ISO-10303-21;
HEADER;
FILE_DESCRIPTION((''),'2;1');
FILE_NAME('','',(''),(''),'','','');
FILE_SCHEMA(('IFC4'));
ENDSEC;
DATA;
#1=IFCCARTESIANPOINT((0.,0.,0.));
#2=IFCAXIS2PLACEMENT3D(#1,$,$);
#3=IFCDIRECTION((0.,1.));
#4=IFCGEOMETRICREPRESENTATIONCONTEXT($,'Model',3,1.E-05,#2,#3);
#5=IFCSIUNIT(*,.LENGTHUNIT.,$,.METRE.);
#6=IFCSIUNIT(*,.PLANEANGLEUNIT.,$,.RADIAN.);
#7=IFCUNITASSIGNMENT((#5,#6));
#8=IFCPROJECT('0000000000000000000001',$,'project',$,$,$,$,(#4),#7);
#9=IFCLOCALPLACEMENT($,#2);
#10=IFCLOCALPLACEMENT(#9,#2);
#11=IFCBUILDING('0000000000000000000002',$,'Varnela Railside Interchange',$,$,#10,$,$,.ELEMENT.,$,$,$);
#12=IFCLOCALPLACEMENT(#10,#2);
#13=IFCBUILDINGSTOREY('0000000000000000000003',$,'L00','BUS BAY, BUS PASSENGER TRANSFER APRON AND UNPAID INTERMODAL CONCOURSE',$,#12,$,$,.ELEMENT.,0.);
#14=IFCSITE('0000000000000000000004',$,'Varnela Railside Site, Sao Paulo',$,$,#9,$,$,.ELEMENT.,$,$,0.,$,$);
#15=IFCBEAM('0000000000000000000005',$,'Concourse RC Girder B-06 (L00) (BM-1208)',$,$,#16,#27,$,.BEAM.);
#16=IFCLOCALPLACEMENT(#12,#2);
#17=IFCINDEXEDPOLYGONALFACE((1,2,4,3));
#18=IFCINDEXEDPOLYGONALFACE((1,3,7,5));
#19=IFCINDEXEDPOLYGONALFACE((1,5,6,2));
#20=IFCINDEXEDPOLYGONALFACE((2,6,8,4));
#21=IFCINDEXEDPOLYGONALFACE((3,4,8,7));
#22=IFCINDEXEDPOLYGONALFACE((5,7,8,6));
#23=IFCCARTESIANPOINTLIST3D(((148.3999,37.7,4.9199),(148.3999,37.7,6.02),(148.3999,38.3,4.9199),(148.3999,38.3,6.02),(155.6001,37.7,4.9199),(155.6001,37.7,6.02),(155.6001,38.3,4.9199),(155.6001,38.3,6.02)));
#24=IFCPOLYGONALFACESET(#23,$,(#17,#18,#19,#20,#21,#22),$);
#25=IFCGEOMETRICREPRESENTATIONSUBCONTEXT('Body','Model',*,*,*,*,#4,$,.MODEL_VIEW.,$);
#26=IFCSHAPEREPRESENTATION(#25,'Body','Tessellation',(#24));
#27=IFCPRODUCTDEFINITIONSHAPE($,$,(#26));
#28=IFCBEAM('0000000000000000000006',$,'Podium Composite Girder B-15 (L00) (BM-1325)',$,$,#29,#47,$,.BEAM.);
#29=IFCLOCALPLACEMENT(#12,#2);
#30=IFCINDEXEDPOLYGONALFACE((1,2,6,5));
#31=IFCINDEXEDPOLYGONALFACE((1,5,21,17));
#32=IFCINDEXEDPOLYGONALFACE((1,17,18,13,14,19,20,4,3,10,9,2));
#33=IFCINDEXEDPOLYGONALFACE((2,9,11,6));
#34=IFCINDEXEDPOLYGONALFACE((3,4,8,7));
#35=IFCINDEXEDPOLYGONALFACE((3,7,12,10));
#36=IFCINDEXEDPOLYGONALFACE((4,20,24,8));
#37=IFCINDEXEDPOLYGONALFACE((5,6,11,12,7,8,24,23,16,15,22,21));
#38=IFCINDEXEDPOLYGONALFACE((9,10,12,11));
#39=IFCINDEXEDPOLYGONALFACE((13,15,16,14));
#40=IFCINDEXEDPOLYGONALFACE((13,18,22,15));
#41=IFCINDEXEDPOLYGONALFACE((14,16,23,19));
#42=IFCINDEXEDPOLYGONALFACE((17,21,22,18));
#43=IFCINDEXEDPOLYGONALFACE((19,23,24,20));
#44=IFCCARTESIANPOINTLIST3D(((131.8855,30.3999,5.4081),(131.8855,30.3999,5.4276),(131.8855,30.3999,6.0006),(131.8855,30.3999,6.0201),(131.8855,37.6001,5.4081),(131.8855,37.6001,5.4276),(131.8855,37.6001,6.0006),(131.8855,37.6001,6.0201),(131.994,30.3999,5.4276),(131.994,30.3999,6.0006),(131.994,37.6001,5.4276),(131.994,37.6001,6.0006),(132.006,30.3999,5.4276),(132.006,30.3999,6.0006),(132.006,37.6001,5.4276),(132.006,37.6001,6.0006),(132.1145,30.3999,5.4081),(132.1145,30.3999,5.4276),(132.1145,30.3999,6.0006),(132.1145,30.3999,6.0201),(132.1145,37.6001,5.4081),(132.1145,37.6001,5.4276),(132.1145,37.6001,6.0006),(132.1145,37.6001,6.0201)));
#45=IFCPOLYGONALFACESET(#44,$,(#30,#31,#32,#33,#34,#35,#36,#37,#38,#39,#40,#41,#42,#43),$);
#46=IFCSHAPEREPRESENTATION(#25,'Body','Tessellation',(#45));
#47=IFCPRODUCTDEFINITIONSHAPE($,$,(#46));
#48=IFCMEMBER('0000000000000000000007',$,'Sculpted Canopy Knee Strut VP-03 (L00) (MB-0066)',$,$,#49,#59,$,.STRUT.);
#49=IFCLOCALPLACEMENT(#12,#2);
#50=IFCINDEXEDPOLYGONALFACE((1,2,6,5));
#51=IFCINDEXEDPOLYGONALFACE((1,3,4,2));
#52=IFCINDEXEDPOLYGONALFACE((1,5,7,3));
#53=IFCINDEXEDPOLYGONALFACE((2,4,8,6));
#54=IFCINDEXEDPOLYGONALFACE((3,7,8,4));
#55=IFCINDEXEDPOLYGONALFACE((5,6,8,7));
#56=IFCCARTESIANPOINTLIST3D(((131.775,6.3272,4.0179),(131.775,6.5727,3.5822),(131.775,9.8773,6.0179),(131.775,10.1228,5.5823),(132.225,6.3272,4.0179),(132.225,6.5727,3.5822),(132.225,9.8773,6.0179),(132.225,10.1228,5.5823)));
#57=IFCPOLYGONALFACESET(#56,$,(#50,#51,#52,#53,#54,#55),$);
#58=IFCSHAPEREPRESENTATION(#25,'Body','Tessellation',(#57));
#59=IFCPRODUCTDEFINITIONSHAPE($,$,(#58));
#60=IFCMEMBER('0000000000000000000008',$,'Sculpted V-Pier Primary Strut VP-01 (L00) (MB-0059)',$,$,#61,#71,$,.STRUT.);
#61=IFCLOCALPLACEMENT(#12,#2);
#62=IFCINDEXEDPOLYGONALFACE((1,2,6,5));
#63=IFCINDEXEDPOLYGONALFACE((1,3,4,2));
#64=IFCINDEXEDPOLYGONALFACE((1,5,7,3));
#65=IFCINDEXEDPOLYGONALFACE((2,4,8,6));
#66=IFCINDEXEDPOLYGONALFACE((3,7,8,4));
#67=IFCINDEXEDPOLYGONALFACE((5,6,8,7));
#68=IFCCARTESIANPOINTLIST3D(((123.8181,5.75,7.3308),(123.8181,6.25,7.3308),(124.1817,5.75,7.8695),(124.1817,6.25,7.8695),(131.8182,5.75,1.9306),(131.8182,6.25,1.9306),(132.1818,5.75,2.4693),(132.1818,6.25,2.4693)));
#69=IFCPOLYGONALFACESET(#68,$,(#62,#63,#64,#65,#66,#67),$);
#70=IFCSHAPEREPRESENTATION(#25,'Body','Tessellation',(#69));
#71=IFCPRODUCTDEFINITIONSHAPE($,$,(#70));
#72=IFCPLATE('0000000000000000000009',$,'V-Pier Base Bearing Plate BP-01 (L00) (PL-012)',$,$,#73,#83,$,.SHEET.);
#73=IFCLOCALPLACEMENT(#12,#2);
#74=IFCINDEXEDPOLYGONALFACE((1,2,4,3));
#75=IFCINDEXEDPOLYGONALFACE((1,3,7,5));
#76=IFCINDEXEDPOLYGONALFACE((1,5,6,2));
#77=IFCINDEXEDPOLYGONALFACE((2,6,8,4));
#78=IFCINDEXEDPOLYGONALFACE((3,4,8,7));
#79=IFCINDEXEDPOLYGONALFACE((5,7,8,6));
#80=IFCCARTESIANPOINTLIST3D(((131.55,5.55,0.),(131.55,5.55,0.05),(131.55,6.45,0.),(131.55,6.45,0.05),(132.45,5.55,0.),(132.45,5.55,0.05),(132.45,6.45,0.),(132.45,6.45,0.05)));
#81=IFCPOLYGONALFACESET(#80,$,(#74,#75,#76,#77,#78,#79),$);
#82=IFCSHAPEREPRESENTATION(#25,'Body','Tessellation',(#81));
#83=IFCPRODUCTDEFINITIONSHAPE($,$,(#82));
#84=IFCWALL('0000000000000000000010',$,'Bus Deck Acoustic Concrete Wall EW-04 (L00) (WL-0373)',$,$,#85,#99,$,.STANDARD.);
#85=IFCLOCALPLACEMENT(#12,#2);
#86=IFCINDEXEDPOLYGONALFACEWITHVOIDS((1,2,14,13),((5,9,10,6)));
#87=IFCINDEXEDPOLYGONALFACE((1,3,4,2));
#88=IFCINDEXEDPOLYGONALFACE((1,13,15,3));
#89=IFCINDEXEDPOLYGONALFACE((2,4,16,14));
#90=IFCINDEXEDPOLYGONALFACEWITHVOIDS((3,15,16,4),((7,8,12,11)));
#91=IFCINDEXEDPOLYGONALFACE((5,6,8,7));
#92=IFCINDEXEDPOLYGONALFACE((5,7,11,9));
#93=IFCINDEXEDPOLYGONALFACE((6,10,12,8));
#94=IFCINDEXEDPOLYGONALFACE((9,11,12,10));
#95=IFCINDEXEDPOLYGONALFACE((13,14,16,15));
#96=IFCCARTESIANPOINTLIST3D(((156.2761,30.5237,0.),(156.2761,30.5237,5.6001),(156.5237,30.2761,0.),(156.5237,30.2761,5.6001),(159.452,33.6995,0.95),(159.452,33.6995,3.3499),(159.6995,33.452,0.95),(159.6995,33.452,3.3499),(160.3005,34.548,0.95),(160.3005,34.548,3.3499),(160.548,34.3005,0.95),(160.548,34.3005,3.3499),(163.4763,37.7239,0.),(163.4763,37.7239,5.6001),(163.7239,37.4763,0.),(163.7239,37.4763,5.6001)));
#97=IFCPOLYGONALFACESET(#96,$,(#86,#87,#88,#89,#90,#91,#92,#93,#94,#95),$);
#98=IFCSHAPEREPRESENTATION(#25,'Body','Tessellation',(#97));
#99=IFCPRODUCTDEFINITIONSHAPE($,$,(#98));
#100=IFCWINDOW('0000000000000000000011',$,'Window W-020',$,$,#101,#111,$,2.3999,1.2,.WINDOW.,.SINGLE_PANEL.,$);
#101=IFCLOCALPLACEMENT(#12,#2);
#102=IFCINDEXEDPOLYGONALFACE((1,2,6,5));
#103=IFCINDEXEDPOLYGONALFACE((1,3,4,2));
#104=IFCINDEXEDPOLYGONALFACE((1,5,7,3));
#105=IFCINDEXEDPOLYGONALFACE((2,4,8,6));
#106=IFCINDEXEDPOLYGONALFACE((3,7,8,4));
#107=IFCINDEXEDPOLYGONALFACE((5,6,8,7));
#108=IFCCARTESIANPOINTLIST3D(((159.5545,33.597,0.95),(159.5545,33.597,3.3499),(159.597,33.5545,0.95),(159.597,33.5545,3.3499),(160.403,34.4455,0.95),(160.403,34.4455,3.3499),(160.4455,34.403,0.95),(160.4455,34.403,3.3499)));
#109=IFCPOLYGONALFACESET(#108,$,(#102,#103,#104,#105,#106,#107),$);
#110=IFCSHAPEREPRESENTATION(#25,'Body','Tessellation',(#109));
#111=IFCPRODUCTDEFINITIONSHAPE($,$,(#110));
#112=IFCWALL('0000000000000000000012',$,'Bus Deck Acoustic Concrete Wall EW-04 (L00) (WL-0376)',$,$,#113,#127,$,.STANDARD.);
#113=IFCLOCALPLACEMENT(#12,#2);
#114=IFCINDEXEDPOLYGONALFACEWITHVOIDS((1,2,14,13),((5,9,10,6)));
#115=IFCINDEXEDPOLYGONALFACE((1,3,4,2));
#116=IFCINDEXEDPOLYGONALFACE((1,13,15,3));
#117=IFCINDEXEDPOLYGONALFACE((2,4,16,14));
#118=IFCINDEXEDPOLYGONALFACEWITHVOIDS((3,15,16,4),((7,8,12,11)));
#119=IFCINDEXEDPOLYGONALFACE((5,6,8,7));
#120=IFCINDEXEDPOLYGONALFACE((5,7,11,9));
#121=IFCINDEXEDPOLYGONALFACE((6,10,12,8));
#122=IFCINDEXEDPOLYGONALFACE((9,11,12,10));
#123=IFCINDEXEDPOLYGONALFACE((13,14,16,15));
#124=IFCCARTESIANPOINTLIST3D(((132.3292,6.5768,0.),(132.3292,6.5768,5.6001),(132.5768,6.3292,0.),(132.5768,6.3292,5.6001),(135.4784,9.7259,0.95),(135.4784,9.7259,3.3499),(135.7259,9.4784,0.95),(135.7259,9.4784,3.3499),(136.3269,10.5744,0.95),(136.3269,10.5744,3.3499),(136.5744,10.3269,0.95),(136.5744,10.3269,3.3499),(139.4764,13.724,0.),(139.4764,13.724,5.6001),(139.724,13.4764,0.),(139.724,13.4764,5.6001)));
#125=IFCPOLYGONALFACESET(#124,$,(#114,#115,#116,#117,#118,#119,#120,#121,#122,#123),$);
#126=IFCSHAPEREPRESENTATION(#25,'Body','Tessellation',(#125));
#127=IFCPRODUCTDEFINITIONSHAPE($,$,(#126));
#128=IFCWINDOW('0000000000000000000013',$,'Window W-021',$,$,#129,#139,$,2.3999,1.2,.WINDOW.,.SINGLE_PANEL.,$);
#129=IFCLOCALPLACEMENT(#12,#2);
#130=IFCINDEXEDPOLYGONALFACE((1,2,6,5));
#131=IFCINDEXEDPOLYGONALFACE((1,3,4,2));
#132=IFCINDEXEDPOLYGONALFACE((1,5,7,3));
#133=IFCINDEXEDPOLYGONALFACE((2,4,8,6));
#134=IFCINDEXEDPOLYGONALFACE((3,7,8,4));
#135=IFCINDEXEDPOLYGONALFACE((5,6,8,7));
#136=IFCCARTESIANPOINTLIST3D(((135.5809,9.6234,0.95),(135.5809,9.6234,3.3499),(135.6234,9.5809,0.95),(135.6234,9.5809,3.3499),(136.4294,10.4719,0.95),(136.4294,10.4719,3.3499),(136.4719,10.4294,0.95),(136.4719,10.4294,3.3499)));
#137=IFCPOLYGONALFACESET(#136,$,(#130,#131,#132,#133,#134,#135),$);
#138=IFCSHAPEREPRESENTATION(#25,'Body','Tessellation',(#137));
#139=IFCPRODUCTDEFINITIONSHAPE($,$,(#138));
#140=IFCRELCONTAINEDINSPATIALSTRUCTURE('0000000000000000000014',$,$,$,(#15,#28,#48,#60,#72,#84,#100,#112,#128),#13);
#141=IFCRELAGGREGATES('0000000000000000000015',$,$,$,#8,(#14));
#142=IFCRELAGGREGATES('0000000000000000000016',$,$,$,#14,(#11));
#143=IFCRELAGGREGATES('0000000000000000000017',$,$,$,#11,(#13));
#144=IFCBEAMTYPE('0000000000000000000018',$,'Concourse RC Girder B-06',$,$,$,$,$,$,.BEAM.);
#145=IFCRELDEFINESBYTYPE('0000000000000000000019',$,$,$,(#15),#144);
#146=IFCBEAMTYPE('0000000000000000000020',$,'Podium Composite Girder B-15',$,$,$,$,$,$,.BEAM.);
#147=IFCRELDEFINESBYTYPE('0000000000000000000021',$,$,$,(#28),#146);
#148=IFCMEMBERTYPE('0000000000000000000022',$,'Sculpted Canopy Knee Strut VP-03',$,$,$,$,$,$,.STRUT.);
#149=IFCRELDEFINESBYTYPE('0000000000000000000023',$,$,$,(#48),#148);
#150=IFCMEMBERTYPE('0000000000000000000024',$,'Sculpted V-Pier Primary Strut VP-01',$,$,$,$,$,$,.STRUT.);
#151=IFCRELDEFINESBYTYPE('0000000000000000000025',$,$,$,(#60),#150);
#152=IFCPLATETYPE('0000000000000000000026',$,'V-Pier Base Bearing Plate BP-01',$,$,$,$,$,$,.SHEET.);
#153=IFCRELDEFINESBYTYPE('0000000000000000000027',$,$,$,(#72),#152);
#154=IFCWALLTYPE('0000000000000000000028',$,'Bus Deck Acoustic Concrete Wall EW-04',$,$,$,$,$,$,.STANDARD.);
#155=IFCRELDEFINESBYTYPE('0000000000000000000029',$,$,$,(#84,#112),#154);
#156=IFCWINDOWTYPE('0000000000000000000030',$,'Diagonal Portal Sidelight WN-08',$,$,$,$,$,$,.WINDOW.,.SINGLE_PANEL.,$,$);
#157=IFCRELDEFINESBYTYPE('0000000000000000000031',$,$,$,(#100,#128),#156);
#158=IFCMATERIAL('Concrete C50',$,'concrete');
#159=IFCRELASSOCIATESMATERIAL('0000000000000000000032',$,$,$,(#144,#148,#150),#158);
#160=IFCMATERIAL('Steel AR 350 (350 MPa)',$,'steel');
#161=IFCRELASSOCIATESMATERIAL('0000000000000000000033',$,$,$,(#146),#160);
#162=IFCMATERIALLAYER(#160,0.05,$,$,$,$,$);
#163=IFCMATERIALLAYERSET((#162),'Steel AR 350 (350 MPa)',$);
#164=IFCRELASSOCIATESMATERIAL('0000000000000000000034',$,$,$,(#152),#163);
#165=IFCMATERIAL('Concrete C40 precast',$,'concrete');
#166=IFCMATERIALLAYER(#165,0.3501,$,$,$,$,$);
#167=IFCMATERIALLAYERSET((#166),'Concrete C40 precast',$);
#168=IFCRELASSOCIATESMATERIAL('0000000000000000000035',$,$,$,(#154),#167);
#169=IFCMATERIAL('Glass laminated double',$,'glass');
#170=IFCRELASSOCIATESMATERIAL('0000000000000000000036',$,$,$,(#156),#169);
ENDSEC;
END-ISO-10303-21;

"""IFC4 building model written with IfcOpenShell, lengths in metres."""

from ifc_helpers import new_model, si_unit, direction, frame, frame_2d, origin, origin_2d, place, context, subcontext, project, spatial, rectangle, i_section, extrude, material, layer, layer_set, material_profile, profile_set, type_object, element, fill, save


model = new_model("IFC4")

# Units and contexts
model_context = context("Model", 3, precision=1e-05, world=origin(), true_north=direction((0.0, 1.0)))
body_context = subcontext(model_context, "Body", "Model", "MODEL_VIEW")
ifc_project = project(units=[si_unit("LENGTHUNIT", "METRE"), si_unit("PLANEANGLEUNIT", "RADIAN")], contexts=[model_context])

# Site, building, storey
site_placement = place(None, origin())
site = spatial("IfcSite", under=ifc_project, at=site_placement, Name="Varnela Railside Site, Sao Paulo", CompositionType="ELEMENT", RefElevation=0.0)
building_placement = place(site_placement, origin())
building = spatial("IfcBuilding", under=site, at=building_placement, Name="Varnela Railside Interchange", CompositionType="ELEMENT")
storey_placement = place(building_placement, origin())
storey = spatial("IfcBuildingStorey", under=building, at=storey_placement, Name="L00", Description="BUS BAY, BUS PASSENGER TRANSFER APRON AND UNPAID INTERMODAL CONCOURSE", CompositionType="ELEMENT", Elevation=0.0)

# Shared definitions
ifc_material_1 = material(Name="Concrete C50", Category="concrete")

# Beams
ifc_material_profile_1 = material_profile(ifc_material_1, rectangle(XDim=0.6001, YDim=1.1001, at=origin_2d()), Name="RC 600x1100")
ifc_profile_set_1 = profile_set([ifc_material_profile_1], Name="Concrete C50")
beam_type_1 = type_object("IfcBeamType", Name="Concourse RC Girder B-06", PredefinedType="BEAM", material=ifc_profile_set_1)
for number, where, z_axis, x_axis, name in (
    (1, (148.3999, 38.0, 5.47), (1.0, 0.0, 0.0), (0.0, 1.0, 0.0), "Concourse RC Girder B-06 (L00) (BM-1208)"),
):
    element("IfcBeam", number, at=place(storey_placement, frame(where, z_axis=z_axis, x_axis=x_axis)), inside=storey, type_object=beam_type_1, Name=name, PredefinedType="BEAM", context=body_context, shape_type="SweptSolid", body=[
        extrude(rectangle(XDim=0.6001, YDim=1.1001, at=origin_2d()), origin(), (0.0, 0.0, 1.0), 7.2002),
    ])
ifc_material_2 = material(Name="Steel AR 350 (350 MPa)", Category="steel")
ifc_material_profile_2 = material_profile(ifc_material_2, i_section(OverallWidth=0.229, OverallDepth=0.6121, WebThickness=0.012, FlangeThickness=0.0195, at=origin_2d()), Name="W610x125")
ifc_profile_set_2 = profile_set([ifc_material_profile_2], Name="Steel AR 350 (350 MPa)")
beam_type_2 = type_object("IfcBeamType", Name="Podium Composite Girder B-15", PredefinedType="BEAM", material=ifc_profile_set_2)
beam_1_placement = place(storey_placement, frame((132.0, 30.3999, 5.7141), z_axis=(0.0, 1.0, 0.0), x_axis=(-1.0, 0.0, 0.0)))
element("IfcBeam", 2, at=beam_1_placement, inside=storey, type_object=beam_type_2, Name="Podium Composite Girder B-15 (L00) (BM-1325)", PredefinedType="BEAM", context=body_context, shape_type="SweptSolid", body=[
    extrude(i_section(OverallWidth=0.229, OverallDepth=0.6121, WebThickness=0.012, FlangeThickness=0.0195, at=origin_2d()), origin(), (0.0, 0.0, 1.0), 7.2002),
])

# Members
ifc_material_profile_3 = material_profile(ifc_material_1, rectangle(XDim=0.45, YDim=0.5, at=origin_2d()), Name="RC 450x500")
ifc_profile_set_3 = profile_set([ifc_material_profile_3], Name="Concrete C50")
member_type_1 = type_object("IfcMemberType", Name="Sculpted Canopy Knee Strut VP-03", PredefinedType="STRUT", material=ifc_profile_set_3)
member_1_placement = place(storey_placement, frame((132.0, 6.45, 3.8), z_axis=(0.0, 0.871251, 0.490839), x_axis=(-1.0, 0.0, 0.0)))
element("IfcMember", 3, at=member_1_placement, inside=storey, type_object=member_type_1, Name="Sculpted Canopy Knee Strut VP-03 (L00) (MB-0066)", PredefinedType="STRUT", context=body_context, shape_type="SweptSolid", body=[
    extrude(rectangle(XDim=0.45, YDim=0.5, at=origin_2d()), origin(), (0.0, 0.0, 1.0), 4.0747),
])
ifc_material_profile_4 = material_profile(ifc_material_1, rectangle(XDim=0.5, YDim=0.6499, at=origin_2d()), Name="RC 500x650")
ifc_profile_set_4 = profile_set([ifc_material_profile_4], Name="Concrete C50")
member_type_2 = type_object("IfcMemberType", Name="Sculpted V-Pier Primary Strut VP-01", PredefinedType="STRUT", material=ifc_profile_set_4)
member_2_placement = place(storey_placement, frame((132.0, 6.0, 2.2), z_axis=(-0.828842, 0.0, 0.559483), x_axis=(0.0, -1.0, 0.0)))
element("IfcMember", 4, at=member_2_placement, inside=storey, type_object=member_type_2, Name="Sculpted V-Pier Primary Strut VP-01 (L00) (MB-0059)", PredefinedType="STRUT", context=body_context, shape_type="SweptSolid", body=[
    extrude(rectangle(XDim=0.5, YDim=0.6499, at=origin_2d()), origin(), (0.0, 0.0, 1.0), 9.6521),
])

# Plate
ifc_layer_1 = layer(ifc_material_2, 0.05)
ifc_layer_set_1 = layer_set([ifc_layer_1], Name="Steel AR 350 (350 MPa)")
plate_type = type_object("IfcPlateType", Name="V-Pier Base Bearing Plate BP-01", PredefinedType="SHEET", material=ifc_layer_set_1)
plate_placement = place(storey_placement, frame((132.0, 6.0, 0.0), z_axis=(0.0, 0.0, 1.0), x_axis=(1.0, 0.0, 0.0)))
element("IfcPlate", 5, at=plate_placement, inside=storey, type_object=plate_type, Name="V-Pier Base Bearing Plate BP-01 (L00) (PL-012)", PredefinedType="SHEET", context=body_context, shape_type="SweptSolid", body=[
    extrude(rectangle(XDim=0.8999, YDim=0.8999, at=origin_2d()), origin(), (0.0, 0.0, 1.0), 0.05),
])

# Wall, opening, window
ifc_material_3 = material(Name="Concrete C40 precast", Category="concrete")
ifc_layer_2 = layer(ifc_material_3, 0.3501)
ifc_layer_set_2 = layer_set([ifc_layer_2], Name="Concrete C40 precast")
wall_type = type_object("IfcWallType", Name="Bus Deck Acoustic Concrete Wall EW-04", PredefinedType="STANDARD", material=ifc_layer_set_2)
wall_1_placement = place(storey_placement, frame((163.6001, 37.6001, 0.0), z_axis=(0.0, 0.0, 1.0), x_axis=(-0.707107, -0.707107, 0.0)))
wall_1 = element("IfcWall", 6, at=wall_1_placement, inside=storey, type_object=wall_type, Name="Bus Deck Acoustic Concrete Wall EW-04 (L00) (WL-0373)", PredefinedType="STANDARD", context=body_context, shape_type="SweptSolid", body=[
    extrude(rectangle(XDim=10.1826, YDim=0.3501, at=frame_2d((5.0913, 0.0))), origin(), (0.0, 0.0, 1.0), 5.6001),
])
opening_1_placement = place(wall_1_placement, frame((4.4912, 0.0, 0.95)))
opening_1 = element("IfcOpeningElement", 7, at=opening_1_placement, cuts=wall_1, PredefinedType="OPENING", context=body_context, shape_type="SweptSolid", body=[
    extrude(rectangle(XDim=1.2, YDim=2.3999, at=frame_2d((0.6001, 1.2))), frame((0.0, 0.1851, 0.0), z_axis=(0.0, -1.0, 0.0), x_axis=(1.0, 0.0, 0.0)), (0.0, 0.0, 1.0), 0.3701),
])
ifc_material_4 = material(Name="Glass laminated double", Category="glass")
window_type = type_object("IfcWindowType", Name="Diagonal Portal Sidelight WN-08", PartitioningType="SINGLE_PANEL", PredefinedType="WINDOW", material=ifc_material_4)
window_1_placement = place(opening_1_placement, origin())
window_1 = element("IfcWindow", 8, at=window_1_placement, inside=storey, type_object=window_type, Name="Window W-020", OverallHeight=2.3999, OverallWidth=1.2, PartitioningType="SINGLE_PANEL", PredefinedType="WINDOW", context=body_context, shape_type="SweptSolid", body=[
    extrude(rectangle(XDim=1.2, YDim=2.3999, at=frame_2d((0.6001, 1.2))), frame((0.0, 0.03, 0.0), z_axis=(0.0, -1.0, 0.0), x_axis=(1.0, 0.0, 0.0)), (0.0, 0.0, 1.0), 0.0601),
])
fill(opening_1, window_1)

# Wall, opening, window
wall_2_placement = place(storey_placement, frame((139.6001, 13.6001, 0.0), z_axis=(0.0, 0.0, 1.0), x_axis=(-0.707107, -0.707107, 0.0)))
wall_2 = element("IfcWall", 9, at=wall_2_placement, inside=storey, type_object=wall_type, Name="Bus Deck Acoustic Concrete Wall EW-04 (L00) (WL-0376)", PredefinedType="STANDARD", context=body_context, shape_type="SweptSolid", body=[
    extrude(rectangle(XDim=10.1077, YDim=0.3501, at=frame_2d((5.0537, 0.0))), origin(), (0.0, 0.0, 1.0), 5.6001),
])
opening_2_placement = place(wall_2_placement, frame((4.4539, 0.0, 0.95)))
opening_2 = element("IfcOpeningElement", 10, at=opening_2_placement, cuts=wall_2, PredefinedType="OPENING", context=body_context, shape_type="SweptSolid", body=[
    extrude(rectangle(XDim=1.2, YDim=2.3999, at=frame_2d((0.6001, 1.2))), frame((0.0, 0.1851, 0.0), z_axis=(0.0, -1.0, 0.0), x_axis=(1.0, 0.0, 0.0)), (0.0, 0.0, 1.0), 0.3701),
])
window_2_placement = place(opening_2_placement, origin())
window_2 = element("IfcWindow", 11, at=window_2_placement, inside=storey, type_object=window_type, Name="Window W-021", OverallHeight=2.3999, OverallWidth=1.2, PartitioningType="SINGLE_PANEL", PredefinedType="WINDOW", context=body_context, shape_type="SweptSolid", body=[
    extrude(rectangle(XDim=1.2, YDim=2.3999, at=frame_2d((0.6001, 1.2))), frame((0.0, 0.03, 0.0), z_axis=(0.0, -1.0, 0.0), x_axis=(1.0, 0.0, 0.0)), (0.0, 0.0, 1.0), 0.0601),
])
fill(opening_2, window_2)

save(model, "model.ifc")
